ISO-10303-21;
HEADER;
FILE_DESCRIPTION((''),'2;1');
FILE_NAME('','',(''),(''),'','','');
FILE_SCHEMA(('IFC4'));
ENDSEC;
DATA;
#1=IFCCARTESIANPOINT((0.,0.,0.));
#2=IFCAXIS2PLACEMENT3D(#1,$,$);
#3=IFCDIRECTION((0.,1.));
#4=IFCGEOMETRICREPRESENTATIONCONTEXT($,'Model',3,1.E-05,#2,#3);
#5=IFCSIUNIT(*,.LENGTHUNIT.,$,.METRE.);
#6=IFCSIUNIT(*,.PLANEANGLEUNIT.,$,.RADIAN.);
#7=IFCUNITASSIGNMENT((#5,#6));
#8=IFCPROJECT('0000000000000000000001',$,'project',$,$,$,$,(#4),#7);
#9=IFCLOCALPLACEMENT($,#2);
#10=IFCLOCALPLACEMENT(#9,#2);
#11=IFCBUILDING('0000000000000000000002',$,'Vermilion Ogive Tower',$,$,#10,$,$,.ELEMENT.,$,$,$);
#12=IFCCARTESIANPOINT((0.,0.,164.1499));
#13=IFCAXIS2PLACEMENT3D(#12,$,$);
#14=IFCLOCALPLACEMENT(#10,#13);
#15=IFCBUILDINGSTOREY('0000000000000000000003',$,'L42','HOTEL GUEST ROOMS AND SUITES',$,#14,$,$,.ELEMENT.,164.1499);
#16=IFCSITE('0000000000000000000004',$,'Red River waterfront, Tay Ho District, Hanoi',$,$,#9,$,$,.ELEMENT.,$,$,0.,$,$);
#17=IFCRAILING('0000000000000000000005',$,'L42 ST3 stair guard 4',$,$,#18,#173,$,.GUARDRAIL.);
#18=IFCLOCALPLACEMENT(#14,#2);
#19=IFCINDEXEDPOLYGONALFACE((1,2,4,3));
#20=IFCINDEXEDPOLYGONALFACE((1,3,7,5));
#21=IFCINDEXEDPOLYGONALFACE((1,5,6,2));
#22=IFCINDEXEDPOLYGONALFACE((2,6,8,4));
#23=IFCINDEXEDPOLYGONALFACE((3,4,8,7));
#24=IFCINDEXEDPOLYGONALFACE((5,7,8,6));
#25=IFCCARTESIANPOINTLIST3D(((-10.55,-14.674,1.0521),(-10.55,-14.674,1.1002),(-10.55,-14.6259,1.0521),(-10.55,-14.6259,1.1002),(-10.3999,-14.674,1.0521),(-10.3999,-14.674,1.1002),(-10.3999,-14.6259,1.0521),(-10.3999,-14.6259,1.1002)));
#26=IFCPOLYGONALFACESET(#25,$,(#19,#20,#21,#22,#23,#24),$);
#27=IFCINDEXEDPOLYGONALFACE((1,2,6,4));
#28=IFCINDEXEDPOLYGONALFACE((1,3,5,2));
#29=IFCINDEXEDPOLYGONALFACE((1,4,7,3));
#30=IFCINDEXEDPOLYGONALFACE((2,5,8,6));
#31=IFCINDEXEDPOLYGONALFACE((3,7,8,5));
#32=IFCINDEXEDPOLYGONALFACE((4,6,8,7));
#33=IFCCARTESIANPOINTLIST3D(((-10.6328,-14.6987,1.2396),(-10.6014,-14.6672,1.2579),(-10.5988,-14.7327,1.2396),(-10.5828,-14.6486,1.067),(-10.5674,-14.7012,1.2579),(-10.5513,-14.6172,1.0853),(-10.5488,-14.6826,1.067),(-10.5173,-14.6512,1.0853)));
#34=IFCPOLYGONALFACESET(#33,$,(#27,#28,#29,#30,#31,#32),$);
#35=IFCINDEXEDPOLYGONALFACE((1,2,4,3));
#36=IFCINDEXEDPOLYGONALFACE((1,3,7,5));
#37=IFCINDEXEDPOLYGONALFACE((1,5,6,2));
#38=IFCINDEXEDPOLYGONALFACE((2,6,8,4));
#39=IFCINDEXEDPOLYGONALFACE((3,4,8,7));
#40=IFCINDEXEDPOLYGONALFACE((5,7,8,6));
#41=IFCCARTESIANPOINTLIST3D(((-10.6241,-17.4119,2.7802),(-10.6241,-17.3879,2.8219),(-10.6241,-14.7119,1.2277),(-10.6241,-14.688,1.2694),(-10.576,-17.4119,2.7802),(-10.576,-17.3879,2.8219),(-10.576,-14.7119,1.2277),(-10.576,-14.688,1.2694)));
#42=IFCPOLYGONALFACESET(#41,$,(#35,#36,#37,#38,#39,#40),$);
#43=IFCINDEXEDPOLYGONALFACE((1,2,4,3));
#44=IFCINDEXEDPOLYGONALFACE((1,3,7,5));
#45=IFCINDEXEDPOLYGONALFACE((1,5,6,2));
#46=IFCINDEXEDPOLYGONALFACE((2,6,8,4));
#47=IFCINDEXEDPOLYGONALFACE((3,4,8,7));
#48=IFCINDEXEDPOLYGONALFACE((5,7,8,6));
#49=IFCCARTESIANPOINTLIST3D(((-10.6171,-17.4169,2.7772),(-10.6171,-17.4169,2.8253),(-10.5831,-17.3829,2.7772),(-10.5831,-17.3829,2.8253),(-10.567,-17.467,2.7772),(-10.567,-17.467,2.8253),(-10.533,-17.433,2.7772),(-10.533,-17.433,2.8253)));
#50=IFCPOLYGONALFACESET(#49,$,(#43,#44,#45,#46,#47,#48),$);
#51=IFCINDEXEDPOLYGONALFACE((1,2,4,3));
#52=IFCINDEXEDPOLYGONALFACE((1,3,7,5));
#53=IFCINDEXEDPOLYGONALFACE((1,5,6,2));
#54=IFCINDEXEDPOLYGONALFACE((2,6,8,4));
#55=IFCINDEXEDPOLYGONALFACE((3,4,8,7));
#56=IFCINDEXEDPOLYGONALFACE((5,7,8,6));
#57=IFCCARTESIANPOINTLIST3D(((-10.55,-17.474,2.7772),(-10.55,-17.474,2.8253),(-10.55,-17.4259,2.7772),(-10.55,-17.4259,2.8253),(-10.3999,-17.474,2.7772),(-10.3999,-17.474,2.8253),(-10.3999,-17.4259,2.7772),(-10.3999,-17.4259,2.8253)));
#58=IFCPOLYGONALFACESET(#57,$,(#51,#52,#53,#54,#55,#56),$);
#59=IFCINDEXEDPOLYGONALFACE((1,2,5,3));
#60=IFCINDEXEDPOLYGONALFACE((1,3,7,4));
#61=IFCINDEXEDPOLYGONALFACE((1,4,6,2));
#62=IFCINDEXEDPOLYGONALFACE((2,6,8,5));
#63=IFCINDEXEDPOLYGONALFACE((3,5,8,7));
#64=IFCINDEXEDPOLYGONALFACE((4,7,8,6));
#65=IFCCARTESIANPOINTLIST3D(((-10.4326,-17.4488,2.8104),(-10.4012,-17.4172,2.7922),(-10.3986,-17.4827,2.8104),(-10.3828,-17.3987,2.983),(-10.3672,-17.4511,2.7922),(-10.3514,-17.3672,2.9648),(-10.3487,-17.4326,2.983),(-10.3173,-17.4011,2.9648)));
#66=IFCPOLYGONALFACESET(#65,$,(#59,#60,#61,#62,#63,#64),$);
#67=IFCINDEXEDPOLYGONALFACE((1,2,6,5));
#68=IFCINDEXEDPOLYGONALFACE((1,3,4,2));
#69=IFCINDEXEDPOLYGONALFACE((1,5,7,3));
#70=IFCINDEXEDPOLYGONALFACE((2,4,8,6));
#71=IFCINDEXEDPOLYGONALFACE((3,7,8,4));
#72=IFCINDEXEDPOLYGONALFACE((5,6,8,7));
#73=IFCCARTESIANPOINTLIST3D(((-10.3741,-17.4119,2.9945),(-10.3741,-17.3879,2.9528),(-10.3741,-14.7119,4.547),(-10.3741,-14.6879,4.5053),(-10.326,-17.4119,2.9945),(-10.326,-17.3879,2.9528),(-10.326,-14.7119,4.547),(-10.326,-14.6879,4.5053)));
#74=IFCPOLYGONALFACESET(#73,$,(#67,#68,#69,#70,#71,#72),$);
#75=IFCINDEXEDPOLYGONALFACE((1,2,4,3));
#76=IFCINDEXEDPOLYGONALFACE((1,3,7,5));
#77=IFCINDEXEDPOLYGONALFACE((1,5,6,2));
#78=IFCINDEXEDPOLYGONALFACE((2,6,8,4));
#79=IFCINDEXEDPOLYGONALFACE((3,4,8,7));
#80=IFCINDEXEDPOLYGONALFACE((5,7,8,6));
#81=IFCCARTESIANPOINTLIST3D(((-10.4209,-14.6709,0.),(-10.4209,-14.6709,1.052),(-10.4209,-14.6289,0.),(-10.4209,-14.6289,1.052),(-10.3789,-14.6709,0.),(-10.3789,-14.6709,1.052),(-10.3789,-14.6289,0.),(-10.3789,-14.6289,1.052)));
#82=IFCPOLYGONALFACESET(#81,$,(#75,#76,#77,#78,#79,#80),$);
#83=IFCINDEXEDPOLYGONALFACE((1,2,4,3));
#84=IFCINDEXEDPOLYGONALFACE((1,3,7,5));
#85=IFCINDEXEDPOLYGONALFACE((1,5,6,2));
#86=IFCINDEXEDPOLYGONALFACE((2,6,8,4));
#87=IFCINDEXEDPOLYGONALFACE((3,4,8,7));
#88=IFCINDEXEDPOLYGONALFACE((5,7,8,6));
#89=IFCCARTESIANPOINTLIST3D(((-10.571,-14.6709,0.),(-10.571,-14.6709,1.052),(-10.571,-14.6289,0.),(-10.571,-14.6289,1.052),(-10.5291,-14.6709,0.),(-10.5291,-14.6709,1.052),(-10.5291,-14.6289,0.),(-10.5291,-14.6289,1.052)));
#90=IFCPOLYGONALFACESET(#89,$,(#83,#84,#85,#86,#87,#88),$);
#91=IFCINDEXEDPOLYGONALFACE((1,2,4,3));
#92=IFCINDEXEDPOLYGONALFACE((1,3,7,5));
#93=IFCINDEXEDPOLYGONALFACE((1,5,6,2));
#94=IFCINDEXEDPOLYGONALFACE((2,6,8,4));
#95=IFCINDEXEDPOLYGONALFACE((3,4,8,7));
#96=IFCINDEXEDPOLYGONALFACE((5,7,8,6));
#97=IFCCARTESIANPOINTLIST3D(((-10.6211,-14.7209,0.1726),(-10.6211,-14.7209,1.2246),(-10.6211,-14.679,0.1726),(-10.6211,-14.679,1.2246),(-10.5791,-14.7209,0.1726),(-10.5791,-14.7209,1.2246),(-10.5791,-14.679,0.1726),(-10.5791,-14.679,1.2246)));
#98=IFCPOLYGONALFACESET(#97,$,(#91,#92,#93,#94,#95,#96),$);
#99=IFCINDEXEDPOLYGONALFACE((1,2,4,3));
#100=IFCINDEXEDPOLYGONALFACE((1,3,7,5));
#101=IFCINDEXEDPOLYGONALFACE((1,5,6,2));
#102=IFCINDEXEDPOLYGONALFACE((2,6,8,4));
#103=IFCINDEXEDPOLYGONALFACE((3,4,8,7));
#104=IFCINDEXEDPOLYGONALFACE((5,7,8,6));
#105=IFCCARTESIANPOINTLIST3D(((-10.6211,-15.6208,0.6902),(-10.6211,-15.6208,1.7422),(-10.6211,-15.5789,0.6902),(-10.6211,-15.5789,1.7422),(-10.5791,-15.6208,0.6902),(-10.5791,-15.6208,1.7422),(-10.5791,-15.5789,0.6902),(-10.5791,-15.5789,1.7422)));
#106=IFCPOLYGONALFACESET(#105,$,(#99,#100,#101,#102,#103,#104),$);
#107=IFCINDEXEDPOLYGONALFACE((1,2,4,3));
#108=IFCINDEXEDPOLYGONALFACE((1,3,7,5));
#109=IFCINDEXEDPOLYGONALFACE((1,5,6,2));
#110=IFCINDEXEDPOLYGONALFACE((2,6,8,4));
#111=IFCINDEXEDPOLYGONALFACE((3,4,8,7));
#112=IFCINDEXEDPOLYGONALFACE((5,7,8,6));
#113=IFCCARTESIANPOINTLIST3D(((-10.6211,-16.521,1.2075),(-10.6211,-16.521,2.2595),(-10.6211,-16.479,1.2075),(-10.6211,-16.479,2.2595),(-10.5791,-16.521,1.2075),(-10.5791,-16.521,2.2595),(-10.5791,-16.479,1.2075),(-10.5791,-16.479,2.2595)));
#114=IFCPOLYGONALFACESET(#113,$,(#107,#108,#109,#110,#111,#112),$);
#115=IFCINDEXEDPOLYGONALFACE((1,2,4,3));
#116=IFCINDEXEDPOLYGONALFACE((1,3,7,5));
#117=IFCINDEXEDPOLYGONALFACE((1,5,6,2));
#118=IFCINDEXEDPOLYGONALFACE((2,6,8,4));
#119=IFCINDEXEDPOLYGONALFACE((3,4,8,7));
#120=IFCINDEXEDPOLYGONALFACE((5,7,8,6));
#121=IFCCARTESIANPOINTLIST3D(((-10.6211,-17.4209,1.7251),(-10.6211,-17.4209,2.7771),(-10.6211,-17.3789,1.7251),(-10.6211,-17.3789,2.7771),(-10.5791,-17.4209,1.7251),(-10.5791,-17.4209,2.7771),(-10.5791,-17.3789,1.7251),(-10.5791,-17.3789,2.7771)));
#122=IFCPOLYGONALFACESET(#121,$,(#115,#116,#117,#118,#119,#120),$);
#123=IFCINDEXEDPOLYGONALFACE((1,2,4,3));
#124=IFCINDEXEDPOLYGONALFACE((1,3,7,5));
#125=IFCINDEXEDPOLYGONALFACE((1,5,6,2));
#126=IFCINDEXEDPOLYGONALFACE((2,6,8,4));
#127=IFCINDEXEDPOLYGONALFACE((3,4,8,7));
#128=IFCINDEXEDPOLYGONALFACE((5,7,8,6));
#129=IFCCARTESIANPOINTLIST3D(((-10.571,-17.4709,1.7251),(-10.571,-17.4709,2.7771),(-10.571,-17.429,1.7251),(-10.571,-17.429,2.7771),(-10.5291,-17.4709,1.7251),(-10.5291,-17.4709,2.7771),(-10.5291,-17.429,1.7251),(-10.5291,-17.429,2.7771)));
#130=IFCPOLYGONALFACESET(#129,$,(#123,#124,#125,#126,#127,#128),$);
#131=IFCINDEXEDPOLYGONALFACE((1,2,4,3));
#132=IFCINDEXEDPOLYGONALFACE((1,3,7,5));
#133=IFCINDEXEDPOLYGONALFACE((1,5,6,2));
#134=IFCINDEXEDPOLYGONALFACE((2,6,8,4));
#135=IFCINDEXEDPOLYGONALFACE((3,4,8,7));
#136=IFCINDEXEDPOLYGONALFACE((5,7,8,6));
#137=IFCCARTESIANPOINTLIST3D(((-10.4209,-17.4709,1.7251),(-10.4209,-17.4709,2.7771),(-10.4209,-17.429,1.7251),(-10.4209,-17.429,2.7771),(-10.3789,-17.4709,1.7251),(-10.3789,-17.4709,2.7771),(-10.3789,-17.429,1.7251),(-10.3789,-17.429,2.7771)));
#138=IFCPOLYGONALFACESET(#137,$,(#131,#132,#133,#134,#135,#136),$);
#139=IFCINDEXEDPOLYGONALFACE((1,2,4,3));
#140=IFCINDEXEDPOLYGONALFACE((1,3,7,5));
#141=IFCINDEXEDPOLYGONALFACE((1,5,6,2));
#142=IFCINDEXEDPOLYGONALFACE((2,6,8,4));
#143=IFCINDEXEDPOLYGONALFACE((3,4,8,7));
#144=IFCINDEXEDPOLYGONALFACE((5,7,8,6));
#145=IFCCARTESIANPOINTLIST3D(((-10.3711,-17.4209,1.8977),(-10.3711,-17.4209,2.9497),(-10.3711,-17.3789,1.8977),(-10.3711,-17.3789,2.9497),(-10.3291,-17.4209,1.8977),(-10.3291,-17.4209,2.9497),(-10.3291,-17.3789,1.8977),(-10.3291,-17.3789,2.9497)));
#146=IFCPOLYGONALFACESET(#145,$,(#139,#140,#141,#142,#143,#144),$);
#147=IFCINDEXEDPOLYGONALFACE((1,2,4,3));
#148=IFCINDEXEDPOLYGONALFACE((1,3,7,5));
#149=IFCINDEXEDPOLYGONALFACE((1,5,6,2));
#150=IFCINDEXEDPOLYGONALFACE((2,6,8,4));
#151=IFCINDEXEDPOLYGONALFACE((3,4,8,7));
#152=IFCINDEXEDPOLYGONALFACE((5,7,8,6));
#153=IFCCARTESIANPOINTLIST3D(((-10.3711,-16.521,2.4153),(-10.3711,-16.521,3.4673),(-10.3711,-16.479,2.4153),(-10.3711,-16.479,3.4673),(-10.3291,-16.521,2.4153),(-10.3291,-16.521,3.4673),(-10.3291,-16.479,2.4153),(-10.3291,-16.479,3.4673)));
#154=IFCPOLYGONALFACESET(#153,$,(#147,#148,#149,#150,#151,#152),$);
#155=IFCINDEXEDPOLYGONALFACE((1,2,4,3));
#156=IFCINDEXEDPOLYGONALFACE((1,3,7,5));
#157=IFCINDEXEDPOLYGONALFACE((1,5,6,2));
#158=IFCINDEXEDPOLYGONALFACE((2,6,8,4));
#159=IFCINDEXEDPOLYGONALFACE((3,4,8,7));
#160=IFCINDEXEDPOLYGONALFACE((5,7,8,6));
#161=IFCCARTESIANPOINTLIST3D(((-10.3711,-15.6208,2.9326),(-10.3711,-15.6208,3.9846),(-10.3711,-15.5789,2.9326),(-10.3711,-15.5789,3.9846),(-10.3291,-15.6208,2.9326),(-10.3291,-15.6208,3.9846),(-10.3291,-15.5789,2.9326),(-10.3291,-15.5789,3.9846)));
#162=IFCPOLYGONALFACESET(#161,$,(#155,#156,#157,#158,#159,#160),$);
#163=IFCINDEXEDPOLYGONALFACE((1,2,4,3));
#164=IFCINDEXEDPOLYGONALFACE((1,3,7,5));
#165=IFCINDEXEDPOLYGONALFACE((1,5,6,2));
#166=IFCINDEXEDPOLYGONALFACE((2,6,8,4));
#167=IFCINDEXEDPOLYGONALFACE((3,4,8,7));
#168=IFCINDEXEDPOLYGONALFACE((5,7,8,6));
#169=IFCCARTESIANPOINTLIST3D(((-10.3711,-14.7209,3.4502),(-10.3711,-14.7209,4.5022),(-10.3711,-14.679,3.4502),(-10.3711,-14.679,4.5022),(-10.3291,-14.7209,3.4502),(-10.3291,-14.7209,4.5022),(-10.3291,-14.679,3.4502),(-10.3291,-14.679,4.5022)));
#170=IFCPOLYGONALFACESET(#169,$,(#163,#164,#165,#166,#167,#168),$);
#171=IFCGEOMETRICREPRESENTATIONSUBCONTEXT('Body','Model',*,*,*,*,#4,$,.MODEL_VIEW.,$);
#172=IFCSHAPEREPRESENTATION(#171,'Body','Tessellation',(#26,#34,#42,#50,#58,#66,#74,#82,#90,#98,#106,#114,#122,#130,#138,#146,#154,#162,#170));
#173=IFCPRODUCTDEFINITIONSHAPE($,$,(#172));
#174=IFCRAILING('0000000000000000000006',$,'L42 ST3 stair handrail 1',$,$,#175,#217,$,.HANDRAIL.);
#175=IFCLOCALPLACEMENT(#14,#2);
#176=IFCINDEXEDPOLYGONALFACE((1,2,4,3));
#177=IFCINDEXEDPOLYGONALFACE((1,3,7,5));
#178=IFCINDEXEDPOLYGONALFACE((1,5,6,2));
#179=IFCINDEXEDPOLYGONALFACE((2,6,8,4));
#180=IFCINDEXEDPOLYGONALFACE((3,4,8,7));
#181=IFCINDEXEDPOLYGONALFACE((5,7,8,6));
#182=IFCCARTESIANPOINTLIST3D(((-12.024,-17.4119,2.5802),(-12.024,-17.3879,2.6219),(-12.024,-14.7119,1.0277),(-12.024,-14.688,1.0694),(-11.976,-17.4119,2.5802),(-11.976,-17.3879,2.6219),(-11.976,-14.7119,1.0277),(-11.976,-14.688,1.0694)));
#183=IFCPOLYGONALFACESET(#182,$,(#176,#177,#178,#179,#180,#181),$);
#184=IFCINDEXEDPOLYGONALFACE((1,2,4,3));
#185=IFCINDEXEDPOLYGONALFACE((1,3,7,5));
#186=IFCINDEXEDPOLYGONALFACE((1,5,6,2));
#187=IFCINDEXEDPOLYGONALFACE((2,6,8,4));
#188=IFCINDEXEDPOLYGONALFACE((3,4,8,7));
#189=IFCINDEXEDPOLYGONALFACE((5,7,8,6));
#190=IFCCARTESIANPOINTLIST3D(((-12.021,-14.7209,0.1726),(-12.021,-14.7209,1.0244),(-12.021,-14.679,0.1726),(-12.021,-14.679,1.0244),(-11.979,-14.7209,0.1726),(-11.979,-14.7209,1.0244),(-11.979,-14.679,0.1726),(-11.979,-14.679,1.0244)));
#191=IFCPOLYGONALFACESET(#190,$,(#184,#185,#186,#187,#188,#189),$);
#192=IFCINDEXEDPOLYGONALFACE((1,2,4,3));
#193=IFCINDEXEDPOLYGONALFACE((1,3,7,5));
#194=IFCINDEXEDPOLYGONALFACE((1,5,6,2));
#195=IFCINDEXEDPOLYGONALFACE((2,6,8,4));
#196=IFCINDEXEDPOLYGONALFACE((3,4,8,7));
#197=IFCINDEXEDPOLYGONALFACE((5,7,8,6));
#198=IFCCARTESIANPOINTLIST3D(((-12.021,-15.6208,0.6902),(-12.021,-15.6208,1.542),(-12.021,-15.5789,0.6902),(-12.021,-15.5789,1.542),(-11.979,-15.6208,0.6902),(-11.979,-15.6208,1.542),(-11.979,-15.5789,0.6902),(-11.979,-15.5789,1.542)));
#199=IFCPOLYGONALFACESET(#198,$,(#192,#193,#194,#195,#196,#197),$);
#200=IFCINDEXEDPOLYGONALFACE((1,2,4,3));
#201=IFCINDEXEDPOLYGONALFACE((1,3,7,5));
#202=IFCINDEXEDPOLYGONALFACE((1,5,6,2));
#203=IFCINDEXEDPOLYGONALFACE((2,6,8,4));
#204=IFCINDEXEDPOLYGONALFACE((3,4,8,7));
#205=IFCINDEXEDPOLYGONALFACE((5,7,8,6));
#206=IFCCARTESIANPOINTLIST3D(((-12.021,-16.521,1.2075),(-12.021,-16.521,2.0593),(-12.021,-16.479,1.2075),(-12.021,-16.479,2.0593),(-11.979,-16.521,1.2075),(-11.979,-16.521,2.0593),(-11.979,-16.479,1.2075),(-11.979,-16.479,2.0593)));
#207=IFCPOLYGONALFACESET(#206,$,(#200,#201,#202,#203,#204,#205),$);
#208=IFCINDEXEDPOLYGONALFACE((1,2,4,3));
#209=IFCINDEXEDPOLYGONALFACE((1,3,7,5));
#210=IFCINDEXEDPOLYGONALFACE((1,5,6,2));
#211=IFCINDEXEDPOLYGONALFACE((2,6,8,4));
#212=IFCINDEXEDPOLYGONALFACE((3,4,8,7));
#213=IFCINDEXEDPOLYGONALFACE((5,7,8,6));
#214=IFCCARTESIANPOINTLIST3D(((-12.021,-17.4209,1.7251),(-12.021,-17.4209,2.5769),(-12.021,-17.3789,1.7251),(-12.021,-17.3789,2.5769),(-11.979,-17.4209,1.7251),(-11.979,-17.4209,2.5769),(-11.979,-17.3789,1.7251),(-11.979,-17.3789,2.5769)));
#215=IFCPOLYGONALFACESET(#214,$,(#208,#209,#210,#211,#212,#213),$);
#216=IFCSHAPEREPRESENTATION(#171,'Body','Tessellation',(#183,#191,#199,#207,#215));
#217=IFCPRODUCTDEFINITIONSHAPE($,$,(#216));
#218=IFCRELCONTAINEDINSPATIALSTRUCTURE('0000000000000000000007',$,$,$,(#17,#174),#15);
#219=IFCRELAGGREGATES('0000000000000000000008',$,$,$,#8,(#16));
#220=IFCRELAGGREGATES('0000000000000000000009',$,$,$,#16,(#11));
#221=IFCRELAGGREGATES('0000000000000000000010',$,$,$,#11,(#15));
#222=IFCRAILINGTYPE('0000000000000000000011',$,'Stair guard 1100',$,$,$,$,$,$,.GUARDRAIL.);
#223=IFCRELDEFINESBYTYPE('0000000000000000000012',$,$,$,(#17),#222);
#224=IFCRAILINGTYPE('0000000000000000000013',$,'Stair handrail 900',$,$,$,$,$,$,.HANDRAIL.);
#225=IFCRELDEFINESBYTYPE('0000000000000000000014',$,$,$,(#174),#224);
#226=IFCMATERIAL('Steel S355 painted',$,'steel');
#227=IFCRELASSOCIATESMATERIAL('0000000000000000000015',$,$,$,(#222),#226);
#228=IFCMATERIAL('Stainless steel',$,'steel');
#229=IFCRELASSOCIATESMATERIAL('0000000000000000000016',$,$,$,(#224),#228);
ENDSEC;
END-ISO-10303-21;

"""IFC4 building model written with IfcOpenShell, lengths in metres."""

from ifc_helpers import new_model, si_unit, direction, frame, origin, origin_2d, place, context, subcontext, project, spatial, rectangle, extrude, material, type_object, element, save


model = new_model("IFC4")

# Units and contexts
model_context = context("Model", 3, precision=1e-05, world=origin(), true_north=direction((0.0, 1.0)))
body_context = subcontext(model_context, "Body", "Model", "MODEL_VIEW")
ifc_project = project(units=[si_unit("LENGTHUNIT", "METRE"), si_unit("PLANEANGLEUNIT", "RADIAN")], contexts=[model_context])

# Site, building, storey
site_placement = place(None, origin())
site = spatial("IfcSite", under=ifc_project, at=site_placement, Name="Red River waterfront, Tay Ho District, Hanoi", CompositionType="ELEMENT", RefElevation=0.0)
building_placement = place(site_placement, origin())
building = spatial("IfcBuilding", under=site, at=building_placement, Name="Vermilion Ogive Tower", CompositionType="ELEMENT")
storey_placement = place(building_placement, frame((0.0, 0.0, 164.1499)))
storey = spatial("IfcBuildingStorey", under=building, at=storey_placement, Name="L42", Description="HOTEL GUEST ROOMS AND SUITES", CompositionType="ELEMENT", Elevation=164.1499)

# Railings
ifc_material_1 = material(Name="Steel S355 painted", Category="steel")
railing_type_1 = type_object("IfcRailingType", Name="Stair guard 1100", PredefinedType="GUARDRAIL", material=ifc_material_1)
railing_1_placement = place(storey_placement, frame((-10.3999, -14.6499, 0.0)))
element("IfcRailing", 1, at=railing_1_placement, inside=storey, type_object=railing_type_1, Name="L42 ST3 stair guard 4", PredefinedType="GUARDRAIL", context=body_context, shape_type="SweptSolid", body=[
    extrude(rectangle(XDim=0.0481, YDim=0.0481, at=origin_2d()), frame((0.0, 0.0, 1.0762), z_axis=(-1.0, 0.0, 0.0), x_axis=(0.0, -1.0, 0.0)), (0.0, 0.0, 1.0), 0.1501),
    extrude(rectangle(XDim=0.0481, YDim=0.0481, at=origin_2d()), frame((-0.1501, 0.0, 1.0762), z_axis=(-0.268278, -0.268278, 0.925232), x_axis=(0.707107, -0.707107, 0.0)), (0.0, 0.0, 1.0), 0.1865),
    extrude(rectangle(XDim=0.0481, YDim=0.0481, at=origin_2d()), frame((-0.2002, -0.05, 1.2485), z_axis=(0.0, -0.866904, 0.498476), x_axis=(1.0, 0.0, 0.0)), (0.0, 0.0, 1.0), 3.1145),
    extrude(rectangle(XDim=0.0481, YDim=0.0481, at=origin_2d()), frame((-0.2002, -2.75, 2.8013), z_axis=(0.707107, -0.707107, 0.0), x_axis=(0.707107, 0.707107, 0.0)), (0.0, 0.0, 1.0), 0.0708),
    extrude(rectangle(XDim=0.0481, YDim=0.0481, at=origin_2d()), frame((-0.1501, -2.8, 2.8013), z_axis=(1.0, 0.0, 0.0), x_axis=(0.0, 1.0, 0.0)), (0.0, 0.0, 1.0), 0.1501),
    extrude(rectangle(XDim=0.0481, YDim=0.0481, at=origin_2d()), frame((0.0, -2.8, 2.8013), z_axis=(0.267063, 0.268372, 0.925556), x_axis=(-0.708834, 0.705376, 0.0)), (0.0, 0.0, 1.0), 0.1865),
    extrude(rectangle(XDim=0.0481, YDim=0.0481, at=origin_2d()), frame((0.0498, -2.75, 2.9736), z_axis=(0.0, 0.866904, 0.498476), x_axis=(-1.0, 0.0, 0.0)), (0.0, 0.0, 1.0), 3.1145),
    extrude(rectangle(XDim=0.042, YDim=0.042, at=origin_2d()), origin(), (0.0, 0.0, 1.0), 1.052),
    extrude(rectangle(XDim=0.042, YDim=0.042, at=origin_2d()), frame((-0.1501, 0.0, 0.0)), (0.0, 0.0, 1.0), 1.052),
    extrude(rectangle(XDim=0.042, YDim=0.042, at=origin_2d()), frame((-0.2002, -0.05, 0.1726)), (0.0, 0.0, 1.0), 1.052),
    extrude(rectangle(XDim=0.042, YDim=0.042, at=origin_2d()), frame((-0.2002, -0.95, 0.6902)), (0.0, 0.0, 1.0), 1.052),
    extrude(rectangle(XDim=0.042, YDim=0.042, at=origin_2d()), frame((-0.2002, -1.8501, 1.2075)), (0.0, 0.0, 1.0), 1.052),
    extrude(rectangle(XDim=0.042, YDim=0.042, at=origin_2d()), frame((-0.2002, -2.75, 1.7251)), (0.0, 0.0, 1.0), 1.052),
    extrude(rectangle(XDim=0.042, YDim=0.042, at=origin_2d()), frame((-0.1501, -2.8, 1.7251)), (0.0, 0.0, 1.0), 1.052),
    extrude(rectangle(XDim=0.042, YDim=0.042, at=origin_2d()), frame((0.0, -2.8, 1.7251)), (0.0, 0.0, 1.0), 1.052),
    extrude(rectangle(XDim=0.042, YDim=0.042, at=origin_2d()), frame((0.0498, -2.75, 1.8977)), (0.0, 0.0, 1.0), 1.052),
    extrude(rectangle(XDim=0.042, YDim=0.042, at=origin_2d()), frame((0.0498, -1.8501, 2.4153)), (0.0, 0.0, 1.0), 1.052),
    extrude(rectangle(XDim=0.042, YDim=0.042, at=origin_2d()), frame((0.0498, -0.95, 2.9326)), (0.0, 0.0, 1.0), 1.052),
    extrude(rectangle(XDim=0.042, YDim=0.042, at=origin_2d()), frame((0.0498, -0.05, 3.4502)), (0.0, 0.0, 1.0), 1.052),
])
ifc_material_2 = material(Name="Stainless steel", Category="steel")
railing_type_2 = type_object("IfcRailingType", Name="Stair handrail 900", PredefinedType="HANDRAIL", material=ifc_material_2)
railing_2_placement = place(storey_placement, frame((-12.0, -14.7, 0.1726)))
element("IfcRailing", 2, at=railing_2_placement, inside=storey, type_object=railing_type_2, Name="L42 ST3 stair handrail 1", PredefinedType="HANDRAIL", context=body_context, shape_type="SweptSolid", body=[
    extrude(rectangle(XDim=0.0481, YDim=0.0481, at=origin_2d()), frame((0.0, 0.0, 0.876), z_axis=(0.0, -0.866904, 0.498476), x_axis=(1.0, 0.0, 0.0)), (0.0, 0.0, 1.0), 3.1145),
    extrude(rectangle(XDim=0.042, YDim=0.042, at=origin_2d()), origin(), (0.0, 0.0, 1.0), 0.8518),
    extrude(rectangle(XDim=0.042, YDim=0.042, at=origin_2d()), frame((0.0, -0.8999, 0.5176)), (0.0, 0.0, 1.0), 0.8518),
    extrude(rectangle(XDim=0.042, YDim=0.042, at=origin_2d()), frame((0.0, -1.8, 1.0349)), (0.0, 0.0, 1.0), 0.8518),
    extrude(rectangle(XDim=0.042, YDim=0.042, at=origin_2d()), frame((0.0, -2.7, 1.5525)), (0.0, 0.0, 1.0), 0.8518),
])

save(model, "model.ifc")
